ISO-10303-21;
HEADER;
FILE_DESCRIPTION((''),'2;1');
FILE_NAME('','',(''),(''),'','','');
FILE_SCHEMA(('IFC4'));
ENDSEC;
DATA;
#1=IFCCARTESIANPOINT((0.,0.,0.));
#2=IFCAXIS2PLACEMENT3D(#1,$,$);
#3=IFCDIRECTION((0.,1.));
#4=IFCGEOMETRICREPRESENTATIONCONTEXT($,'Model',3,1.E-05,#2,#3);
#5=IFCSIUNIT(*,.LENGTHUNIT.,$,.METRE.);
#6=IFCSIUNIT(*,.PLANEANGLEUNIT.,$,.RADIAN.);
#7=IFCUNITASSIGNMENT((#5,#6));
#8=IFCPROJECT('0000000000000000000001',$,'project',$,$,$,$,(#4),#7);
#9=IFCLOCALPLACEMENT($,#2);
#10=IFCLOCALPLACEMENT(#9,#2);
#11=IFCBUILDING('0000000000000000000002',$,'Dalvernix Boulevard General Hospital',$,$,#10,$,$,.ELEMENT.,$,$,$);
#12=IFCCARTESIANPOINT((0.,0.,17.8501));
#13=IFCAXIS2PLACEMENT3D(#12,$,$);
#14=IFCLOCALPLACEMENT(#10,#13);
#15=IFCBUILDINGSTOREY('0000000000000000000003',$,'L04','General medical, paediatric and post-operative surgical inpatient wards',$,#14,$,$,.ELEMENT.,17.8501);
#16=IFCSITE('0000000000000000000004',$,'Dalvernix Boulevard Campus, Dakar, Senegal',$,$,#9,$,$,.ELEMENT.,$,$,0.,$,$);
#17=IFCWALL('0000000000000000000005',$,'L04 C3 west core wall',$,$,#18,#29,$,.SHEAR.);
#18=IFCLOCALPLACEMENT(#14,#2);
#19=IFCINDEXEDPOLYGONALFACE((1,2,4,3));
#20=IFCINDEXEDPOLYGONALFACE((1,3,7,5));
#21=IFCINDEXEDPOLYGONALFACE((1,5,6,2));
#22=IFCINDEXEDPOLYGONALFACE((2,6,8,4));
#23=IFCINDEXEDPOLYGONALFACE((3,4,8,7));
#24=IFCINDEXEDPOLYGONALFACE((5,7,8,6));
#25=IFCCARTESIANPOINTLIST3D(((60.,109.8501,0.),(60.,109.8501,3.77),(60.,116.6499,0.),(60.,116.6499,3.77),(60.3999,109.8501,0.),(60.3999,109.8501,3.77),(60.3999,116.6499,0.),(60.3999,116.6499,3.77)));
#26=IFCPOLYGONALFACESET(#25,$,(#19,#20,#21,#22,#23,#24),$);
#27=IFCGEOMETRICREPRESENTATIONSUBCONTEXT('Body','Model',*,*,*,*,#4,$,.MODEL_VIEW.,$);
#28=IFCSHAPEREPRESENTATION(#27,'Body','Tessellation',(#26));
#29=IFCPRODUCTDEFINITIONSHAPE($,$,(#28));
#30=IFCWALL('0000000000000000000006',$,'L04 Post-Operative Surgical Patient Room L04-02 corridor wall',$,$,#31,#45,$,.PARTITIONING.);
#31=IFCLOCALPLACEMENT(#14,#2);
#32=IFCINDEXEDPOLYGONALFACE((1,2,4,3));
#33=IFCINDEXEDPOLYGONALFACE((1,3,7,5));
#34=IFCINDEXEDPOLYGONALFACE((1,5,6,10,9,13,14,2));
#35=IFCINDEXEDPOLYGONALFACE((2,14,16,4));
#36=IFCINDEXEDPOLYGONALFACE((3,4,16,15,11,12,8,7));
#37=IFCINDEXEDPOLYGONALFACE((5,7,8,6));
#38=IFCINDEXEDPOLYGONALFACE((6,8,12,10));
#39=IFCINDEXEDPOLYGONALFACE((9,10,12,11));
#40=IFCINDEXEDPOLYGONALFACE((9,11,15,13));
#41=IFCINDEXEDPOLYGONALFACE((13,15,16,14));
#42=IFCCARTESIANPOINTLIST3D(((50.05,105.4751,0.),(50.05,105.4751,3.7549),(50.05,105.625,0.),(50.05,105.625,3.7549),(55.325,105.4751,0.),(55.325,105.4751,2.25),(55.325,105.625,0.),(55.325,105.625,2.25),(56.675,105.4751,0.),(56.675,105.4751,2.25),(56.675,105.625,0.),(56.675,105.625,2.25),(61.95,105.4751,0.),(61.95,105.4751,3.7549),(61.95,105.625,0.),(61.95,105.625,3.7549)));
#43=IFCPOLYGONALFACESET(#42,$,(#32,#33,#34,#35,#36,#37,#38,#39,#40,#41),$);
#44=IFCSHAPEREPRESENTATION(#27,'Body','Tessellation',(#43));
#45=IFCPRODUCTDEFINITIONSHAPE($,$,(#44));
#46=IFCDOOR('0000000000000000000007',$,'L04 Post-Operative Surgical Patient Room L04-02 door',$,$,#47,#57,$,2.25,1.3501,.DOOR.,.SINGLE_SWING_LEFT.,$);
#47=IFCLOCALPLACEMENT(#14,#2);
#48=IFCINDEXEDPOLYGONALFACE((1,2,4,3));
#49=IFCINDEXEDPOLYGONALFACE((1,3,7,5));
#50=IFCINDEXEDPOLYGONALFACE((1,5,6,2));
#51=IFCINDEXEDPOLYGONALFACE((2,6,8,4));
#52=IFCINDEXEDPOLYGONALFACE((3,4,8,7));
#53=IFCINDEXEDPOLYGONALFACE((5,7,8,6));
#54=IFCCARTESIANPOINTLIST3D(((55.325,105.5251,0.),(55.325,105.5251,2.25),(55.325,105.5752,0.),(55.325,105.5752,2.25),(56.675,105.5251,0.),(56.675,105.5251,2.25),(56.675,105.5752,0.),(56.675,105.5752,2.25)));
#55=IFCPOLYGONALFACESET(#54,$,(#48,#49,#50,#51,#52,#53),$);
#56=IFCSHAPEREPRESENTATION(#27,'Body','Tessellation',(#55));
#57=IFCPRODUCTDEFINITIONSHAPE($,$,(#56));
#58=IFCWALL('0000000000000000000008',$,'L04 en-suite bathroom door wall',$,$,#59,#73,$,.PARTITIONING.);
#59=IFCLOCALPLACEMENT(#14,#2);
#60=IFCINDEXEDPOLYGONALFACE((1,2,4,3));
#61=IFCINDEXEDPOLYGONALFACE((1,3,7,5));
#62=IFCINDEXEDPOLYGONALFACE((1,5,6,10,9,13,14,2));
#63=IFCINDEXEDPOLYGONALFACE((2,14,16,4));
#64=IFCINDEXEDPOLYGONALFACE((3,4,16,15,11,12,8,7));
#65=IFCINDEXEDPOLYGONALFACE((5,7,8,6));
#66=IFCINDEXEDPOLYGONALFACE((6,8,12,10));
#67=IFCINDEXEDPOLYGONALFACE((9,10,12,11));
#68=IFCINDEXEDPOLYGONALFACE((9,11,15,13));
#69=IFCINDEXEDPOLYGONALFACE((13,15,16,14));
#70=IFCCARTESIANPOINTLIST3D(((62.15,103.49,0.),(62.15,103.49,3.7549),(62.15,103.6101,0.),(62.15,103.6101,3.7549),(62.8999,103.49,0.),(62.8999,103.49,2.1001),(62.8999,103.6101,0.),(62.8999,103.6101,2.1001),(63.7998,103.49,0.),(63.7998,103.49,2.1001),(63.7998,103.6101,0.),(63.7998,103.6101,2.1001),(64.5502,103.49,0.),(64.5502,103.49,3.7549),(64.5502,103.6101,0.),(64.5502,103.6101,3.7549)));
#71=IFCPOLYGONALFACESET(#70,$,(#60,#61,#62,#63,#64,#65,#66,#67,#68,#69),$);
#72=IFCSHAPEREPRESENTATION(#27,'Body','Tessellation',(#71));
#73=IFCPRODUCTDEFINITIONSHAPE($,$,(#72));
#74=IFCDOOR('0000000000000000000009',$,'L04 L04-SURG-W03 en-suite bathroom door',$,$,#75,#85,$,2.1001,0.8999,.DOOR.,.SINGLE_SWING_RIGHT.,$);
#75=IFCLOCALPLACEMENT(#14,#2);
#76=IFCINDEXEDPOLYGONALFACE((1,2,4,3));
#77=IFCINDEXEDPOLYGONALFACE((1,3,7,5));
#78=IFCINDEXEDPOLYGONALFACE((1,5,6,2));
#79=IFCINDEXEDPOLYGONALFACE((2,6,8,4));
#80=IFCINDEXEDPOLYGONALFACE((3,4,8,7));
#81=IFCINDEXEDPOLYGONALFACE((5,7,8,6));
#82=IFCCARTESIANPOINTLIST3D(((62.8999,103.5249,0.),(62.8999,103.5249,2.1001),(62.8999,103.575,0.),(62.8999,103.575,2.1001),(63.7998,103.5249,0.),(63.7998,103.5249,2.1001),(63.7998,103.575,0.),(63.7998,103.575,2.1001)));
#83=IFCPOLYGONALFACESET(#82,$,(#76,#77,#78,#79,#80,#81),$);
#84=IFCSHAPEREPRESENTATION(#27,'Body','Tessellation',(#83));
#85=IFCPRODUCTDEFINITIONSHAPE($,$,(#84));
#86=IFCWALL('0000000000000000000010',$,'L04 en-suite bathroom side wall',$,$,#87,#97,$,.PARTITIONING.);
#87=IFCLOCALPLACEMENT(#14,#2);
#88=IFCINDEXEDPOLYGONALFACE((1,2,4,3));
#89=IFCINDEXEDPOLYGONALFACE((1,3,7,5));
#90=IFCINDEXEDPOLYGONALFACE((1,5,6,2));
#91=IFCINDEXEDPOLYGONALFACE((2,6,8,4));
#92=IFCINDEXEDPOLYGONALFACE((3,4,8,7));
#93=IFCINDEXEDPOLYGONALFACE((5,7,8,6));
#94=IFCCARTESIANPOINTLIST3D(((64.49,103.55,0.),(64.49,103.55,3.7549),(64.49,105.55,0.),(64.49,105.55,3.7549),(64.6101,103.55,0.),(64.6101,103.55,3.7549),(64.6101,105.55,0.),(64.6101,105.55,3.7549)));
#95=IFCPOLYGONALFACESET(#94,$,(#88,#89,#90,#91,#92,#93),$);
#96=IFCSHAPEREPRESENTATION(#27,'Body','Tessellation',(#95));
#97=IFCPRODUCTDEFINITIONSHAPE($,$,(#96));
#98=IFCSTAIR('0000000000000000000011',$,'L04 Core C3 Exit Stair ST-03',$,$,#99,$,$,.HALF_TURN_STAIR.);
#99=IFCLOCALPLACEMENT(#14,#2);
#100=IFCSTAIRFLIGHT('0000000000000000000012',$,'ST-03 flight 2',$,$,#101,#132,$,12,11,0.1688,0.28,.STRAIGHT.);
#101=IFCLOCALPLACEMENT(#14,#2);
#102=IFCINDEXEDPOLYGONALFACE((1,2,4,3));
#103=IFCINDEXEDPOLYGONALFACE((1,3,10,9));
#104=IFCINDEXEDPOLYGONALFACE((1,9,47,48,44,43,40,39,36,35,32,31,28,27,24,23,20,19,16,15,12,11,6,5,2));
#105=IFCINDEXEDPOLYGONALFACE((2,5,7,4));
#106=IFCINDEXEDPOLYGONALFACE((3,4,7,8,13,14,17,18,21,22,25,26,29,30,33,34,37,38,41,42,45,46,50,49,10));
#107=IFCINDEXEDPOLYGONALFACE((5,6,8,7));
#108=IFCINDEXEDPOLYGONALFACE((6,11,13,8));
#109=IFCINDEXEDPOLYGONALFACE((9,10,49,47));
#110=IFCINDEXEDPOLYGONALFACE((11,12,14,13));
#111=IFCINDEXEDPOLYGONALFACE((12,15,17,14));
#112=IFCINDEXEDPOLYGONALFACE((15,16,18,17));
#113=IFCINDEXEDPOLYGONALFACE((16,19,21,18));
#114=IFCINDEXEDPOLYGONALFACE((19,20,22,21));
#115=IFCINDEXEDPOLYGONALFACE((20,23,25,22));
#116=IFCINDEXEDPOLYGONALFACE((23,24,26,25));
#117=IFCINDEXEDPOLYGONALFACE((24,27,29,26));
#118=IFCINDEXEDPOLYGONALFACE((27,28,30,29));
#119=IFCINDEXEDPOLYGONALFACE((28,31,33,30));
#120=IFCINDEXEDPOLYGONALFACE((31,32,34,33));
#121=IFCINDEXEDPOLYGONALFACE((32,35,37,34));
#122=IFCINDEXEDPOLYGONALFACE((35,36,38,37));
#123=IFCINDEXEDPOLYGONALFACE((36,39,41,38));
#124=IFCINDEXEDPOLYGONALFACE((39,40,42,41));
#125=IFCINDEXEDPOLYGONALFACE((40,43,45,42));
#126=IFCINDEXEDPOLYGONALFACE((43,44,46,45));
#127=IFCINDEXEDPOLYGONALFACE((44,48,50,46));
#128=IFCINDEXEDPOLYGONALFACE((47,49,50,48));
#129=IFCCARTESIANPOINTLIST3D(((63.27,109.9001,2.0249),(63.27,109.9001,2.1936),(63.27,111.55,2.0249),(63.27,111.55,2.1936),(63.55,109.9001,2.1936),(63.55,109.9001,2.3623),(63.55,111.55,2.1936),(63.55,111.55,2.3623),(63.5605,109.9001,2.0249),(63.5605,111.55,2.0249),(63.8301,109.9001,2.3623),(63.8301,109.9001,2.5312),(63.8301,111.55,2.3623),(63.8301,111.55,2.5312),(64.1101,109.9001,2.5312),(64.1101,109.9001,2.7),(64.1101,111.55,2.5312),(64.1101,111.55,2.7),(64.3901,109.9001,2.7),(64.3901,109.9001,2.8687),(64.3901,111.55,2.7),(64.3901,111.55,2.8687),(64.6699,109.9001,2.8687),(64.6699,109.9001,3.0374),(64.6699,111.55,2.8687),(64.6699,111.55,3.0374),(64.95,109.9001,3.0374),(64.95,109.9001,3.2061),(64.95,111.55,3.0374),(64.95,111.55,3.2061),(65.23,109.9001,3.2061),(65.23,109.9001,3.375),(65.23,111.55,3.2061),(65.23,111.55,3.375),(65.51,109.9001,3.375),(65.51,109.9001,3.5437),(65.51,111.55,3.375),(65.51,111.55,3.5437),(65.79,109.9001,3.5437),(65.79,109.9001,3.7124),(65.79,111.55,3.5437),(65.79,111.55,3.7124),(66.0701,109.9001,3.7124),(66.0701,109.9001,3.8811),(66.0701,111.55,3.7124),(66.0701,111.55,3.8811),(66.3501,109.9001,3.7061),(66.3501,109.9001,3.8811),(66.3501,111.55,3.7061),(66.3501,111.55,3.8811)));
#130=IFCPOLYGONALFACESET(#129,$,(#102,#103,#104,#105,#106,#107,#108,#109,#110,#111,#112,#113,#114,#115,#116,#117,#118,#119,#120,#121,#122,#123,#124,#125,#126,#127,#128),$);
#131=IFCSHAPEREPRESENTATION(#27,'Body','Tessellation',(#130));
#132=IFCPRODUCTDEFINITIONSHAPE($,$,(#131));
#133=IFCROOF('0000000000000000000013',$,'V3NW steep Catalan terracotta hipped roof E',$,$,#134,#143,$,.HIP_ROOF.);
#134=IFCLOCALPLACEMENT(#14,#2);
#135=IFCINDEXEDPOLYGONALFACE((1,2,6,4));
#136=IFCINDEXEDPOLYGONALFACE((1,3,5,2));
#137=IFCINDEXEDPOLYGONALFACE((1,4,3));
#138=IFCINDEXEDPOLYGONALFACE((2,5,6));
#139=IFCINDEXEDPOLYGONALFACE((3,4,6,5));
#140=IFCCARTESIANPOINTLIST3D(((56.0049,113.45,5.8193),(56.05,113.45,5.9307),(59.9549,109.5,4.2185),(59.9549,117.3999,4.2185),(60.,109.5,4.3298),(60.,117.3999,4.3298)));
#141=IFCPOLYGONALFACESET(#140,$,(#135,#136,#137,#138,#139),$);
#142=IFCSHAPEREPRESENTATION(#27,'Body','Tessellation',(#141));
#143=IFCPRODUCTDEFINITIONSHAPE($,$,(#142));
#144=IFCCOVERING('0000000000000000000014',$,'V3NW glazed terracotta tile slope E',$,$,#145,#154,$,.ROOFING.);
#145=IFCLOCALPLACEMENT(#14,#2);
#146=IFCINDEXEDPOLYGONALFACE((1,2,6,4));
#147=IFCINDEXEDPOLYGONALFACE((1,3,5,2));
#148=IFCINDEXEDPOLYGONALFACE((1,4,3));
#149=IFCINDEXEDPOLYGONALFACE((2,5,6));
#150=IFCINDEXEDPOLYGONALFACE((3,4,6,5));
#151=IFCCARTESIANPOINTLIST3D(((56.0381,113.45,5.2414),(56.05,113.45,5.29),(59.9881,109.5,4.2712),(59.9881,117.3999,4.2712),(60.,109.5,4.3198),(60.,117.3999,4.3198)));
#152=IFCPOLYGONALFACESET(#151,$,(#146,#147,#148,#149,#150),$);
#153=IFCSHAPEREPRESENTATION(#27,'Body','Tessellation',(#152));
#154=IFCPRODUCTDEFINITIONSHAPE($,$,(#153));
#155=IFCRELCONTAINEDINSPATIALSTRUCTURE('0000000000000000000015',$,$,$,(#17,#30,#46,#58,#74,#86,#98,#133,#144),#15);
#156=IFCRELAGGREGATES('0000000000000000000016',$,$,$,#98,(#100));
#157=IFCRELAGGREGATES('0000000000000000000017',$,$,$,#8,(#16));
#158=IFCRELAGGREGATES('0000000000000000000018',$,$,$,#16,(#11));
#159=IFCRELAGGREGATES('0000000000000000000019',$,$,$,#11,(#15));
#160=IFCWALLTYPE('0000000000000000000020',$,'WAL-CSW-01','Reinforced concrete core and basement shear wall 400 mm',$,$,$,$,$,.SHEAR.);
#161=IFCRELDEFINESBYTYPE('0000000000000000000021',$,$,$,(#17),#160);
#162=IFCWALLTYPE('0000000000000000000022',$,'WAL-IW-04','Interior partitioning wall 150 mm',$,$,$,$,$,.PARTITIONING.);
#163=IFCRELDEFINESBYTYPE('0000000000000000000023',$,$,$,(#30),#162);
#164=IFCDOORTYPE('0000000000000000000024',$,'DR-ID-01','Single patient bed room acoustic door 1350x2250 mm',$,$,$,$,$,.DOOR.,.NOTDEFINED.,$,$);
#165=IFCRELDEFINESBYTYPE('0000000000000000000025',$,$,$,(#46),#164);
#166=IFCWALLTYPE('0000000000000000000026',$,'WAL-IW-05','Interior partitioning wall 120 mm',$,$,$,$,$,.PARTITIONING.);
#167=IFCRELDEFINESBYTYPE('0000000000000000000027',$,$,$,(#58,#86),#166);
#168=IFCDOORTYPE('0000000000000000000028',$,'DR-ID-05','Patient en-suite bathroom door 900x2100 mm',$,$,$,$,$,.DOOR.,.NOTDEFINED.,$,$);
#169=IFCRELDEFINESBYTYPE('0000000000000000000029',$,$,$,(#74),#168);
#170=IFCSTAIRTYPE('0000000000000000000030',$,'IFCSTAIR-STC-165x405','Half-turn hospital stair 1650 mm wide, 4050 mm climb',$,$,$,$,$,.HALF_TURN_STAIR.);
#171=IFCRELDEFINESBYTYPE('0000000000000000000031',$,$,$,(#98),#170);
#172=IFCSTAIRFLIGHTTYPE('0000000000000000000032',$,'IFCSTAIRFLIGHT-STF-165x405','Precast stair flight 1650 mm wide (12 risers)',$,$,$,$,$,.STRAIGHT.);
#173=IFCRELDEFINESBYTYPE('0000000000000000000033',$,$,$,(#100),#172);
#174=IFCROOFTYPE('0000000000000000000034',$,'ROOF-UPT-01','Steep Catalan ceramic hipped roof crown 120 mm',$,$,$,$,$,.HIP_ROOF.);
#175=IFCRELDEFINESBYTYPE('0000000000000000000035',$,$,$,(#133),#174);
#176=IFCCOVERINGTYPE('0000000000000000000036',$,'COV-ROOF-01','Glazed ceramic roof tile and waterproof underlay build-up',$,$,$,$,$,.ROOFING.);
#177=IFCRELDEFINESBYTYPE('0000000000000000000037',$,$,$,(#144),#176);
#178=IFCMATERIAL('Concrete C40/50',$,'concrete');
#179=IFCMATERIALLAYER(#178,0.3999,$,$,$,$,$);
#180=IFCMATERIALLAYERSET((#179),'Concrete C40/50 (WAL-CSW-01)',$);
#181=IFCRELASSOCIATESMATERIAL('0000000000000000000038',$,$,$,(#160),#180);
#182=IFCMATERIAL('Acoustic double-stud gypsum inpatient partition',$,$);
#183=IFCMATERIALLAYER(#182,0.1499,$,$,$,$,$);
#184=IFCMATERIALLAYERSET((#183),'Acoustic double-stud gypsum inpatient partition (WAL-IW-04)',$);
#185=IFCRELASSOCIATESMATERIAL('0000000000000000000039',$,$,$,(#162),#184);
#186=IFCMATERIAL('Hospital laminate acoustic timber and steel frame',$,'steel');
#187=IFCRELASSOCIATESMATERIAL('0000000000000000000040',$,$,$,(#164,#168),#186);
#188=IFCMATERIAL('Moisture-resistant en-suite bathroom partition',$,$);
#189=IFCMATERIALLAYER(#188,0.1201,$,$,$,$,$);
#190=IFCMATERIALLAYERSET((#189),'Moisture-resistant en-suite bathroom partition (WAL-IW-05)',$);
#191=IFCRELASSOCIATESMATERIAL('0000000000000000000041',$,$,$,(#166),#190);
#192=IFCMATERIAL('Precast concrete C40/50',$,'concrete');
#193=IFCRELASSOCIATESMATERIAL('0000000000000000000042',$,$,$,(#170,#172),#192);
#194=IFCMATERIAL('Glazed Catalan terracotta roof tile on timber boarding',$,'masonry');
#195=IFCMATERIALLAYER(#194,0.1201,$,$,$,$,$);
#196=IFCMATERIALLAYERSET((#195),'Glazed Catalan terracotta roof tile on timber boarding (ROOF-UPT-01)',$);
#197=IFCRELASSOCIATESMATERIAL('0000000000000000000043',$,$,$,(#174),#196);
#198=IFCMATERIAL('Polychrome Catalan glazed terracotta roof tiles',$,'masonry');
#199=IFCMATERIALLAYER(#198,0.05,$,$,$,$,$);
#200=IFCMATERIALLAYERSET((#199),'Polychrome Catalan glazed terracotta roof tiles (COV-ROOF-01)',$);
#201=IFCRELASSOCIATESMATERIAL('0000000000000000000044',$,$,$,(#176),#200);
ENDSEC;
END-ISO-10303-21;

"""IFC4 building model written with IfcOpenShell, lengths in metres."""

from ifc_helpers import new_model, si_unit, direction, frame, frame_2d, origin, place, context, subcontext, project, spatial, polyline, rectangle, outline, extrude, material, layer, layer_set, type_object, element, fill, aggregate, save


model = new_model("IFC4")

# Units and contexts
model_context = context("Model", 3, precision=1e-05, world=origin(), true_north=direction((0.0, 1.0)))
body_context = subcontext(model_context, "Body", "Model", "MODEL_VIEW")
ifc_project = project(units=[si_unit("LENGTHUNIT", "METRE"), si_unit("PLANEANGLEUNIT", "RADIAN")], contexts=[model_context])

# Site, building, storey
site_placement = place(None, origin())
site = spatial("IfcSite", under=ifc_project, at=site_placement, Name="Dalvernix Boulevard Campus, Dakar, Senegal", CompositionType="ELEMENT", RefElevation=0.0)
building_placement = place(site_placement, origin())
building = spatial("IfcBuilding", under=site, at=building_placement, Name="Dalvernix Boulevard General Hospital", CompositionType="ELEMENT")
storey_placement = place(building_placement, frame((0.0, 0.0, 17.8501)))
storey = spatial("IfcBuildingStorey", under=building, at=storey_placement, Name="L04", Description="General medical, paediatric and post-operative surgical inpatient wards", CompositionType="ELEMENT", Elevation=17.8501)

# Shared definitions
ifc_material_1 = material(Name="Concrete C40/50", Category="concrete")

# Wall
ifc_layer_1 = layer(ifc_material_1, 0.3999)
ifc_layer_set_1 = layer_set([ifc_layer_1], Name="Concrete C40/50 (WAL-CSW-01)")
wall_type_1 = type_object("IfcWallType", Name="WAL-CSW-01", Description="Reinforced concrete core and basement shear wall 400 mm", PredefinedType="SHEAR", material=ifc_layer_set_1)
wall_1_placement = place(storey_placement, frame((60.2, 109.8501, 0.0), z_axis=(0.0, 0.0, 1.0), x_axis=(0.0, 1.0, 0.0)))
element("IfcWall", 1, at=wall_1_placement, inside=storey, type_object=wall_type_1, Name="L04 C3 west core wall", PredefinedType="SHEAR", context=body_context, shape_type="SweptSolid", body=[
    extrude(rectangle(XDim=6.7998, YDim=0.3999, at=frame_2d((3.3999, 0.0))), origin(), (0.0, 0.0, 1.0), 3.77),
])

# Walls, openings, doors
ifc_material_2 = material(Name="Acoustic double-stud gypsum inpatient partition")
ifc_layer_2 = layer(ifc_material_2, 0.1499)
ifc_layer_set_2 = layer_set([ifc_layer_2], Name="Acoustic double-stud gypsum inpatient partition (WAL-IW-04)")
wall_type_2 = type_object("IfcWallType", Name="WAL-IW-04", Description="Interior partitioning wall 150 mm", PredefinedType="PARTITIONING", material=ifc_layer_set_2)
wall_2_placement = place(storey_placement, frame((61.95, 105.55, 0.0), z_axis=(0.0, 0.0, 1.0), x_axis=(-1.0, 0.0, 0.0)))
wall_2 = element("IfcWall", 2, at=wall_2_placement, inside=storey, type_object=wall_type_2, Name="L04 Post-Operative Surgical Patient Room L04-02 corridor wall", PredefinedType="PARTITIONING", context=body_context, shape_type="SweptSolid", body=[
    extrude(rectangle(XDim=11.8999, YDim=0.1499, at=frame_2d((5.95, 0.0))), origin(), (0.0, 0.0, 1.0), 3.7549),
])
opening_1_placement = place(wall_2_placement, frame((5.2749, 0.0, 0.0)))
opening_1 = element("IfcOpeningElement", 3, at=opening_1_placement, cuts=wall_2, PredefinedType="OPENING", context=body_context, shape_type="SweptSolid", body=[
    extrude(rectangle(XDim=1.3501, YDim=2.25, at=frame_2d((0.675, 1.125))), frame((0.0, 0.085, 0.0), z_axis=(0.0, -1.0, 0.0), x_axis=(1.0, 0.0, 0.0)), (0.0, 0.0, 1.0), 0.1699),
])
ifc_material_3 = material(Name="Hospital laminate acoustic timber and steel frame", Category="steel")
door_type_1 = type_object("IfcDoorType", Name="DR-ID-01", Description="Single patient bed room acoustic door 1350x2250 mm", OperationType="NOTDEFINED", PredefinedType="DOOR", material=ifc_material_3)
door_1_placement = place(opening_1_placement, origin())
door_1 = element("IfcDoor", 4, at=door_1_placement, inside=storey, type_object=door_type_1, Name="L04 Post-Operative Surgical Patient Room L04-02 door", OperationType="SINGLE_SWING_LEFT", OverallHeight=2.25, OverallWidth=1.3501, PredefinedType="DOOR", context=body_context, shape_type="SweptSolid", body=[
    extrude(rectangle(XDim=1.3501, YDim=2.25, at=frame_2d((0.675, 1.125))), frame((0.0, 0.0249, 0.0), z_axis=(0.0, -1.0, 0.0), x_axis=(1.0, 0.0, 0.0)), (0.0, 0.0, 1.0), 0.05),
])
fill(opening_1, door_1)
ifc_material_4 = material(Name="Moisture-resistant en-suite bathroom partition")
ifc_layer_3 = layer(ifc_material_4, 0.1201)
ifc_layer_set_3 = layer_set([ifc_layer_3], Name="Moisture-resistant en-suite bathroom partition (WAL-IW-05)")
wall_type_3 = type_object("IfcWallType", Name="WAL-IW-05", Description="Interior partitioning wall 120 mm", PredefinedType="PARTITIONING", material=ifc_layer_set_3)
wall_3_placement = place(storey_placement, frame((62.1499, 103.55, 0.0), z_axis=(0.0, 0.0, 1.0), x_axis=(1.0, 0.0, 0.0)))
wall_3 = element("IfcWall", 5, at=wall_3_placement, inside=storey, type_object=wall_type_3, Name="L04 en-suite bathroom door wall", PredefinedType="PARTITIONING", context=body_context, shape_type="SweptSolid", body=[
    extrude(rectangle(XDim=2.4001, YDim=0.1201, at=frame_2d((1.2002, 0.0))), origin(), (0.0, 0.0, 1.0), 3.7549),
])
opening_2_placement = place(wall_3_placement, frame((0.75, 0.0, 0.0)))
opening_2 = element("IfcOpeningElement", 6, at=opening_2_placement, cuts=wall_3, PredefinedType="OPENING", context=body_context, shape_type="SweptSolid", body=[
    extrude(rectangle(XDim=0.8999, YDim=2.1001, at=frame_2d((0.45, 1.05))), frame((0.0, 0.0701, 0.0), z_axis=(0.0, -1.0, 0.0), x_axis=(1.0, 0.0, 0.0)), (0.0, 0.0, 1.0), 0.1401),
])
door_type_2 = type_object("IfcDoorType", Name="DR-ID-05", Description="Patient en-suite bathroom door 900x2100 mm", OperationType="NOTDEFINED", PredefinedType="DOOR", material=ifc_material_3)
door_2_placement = place(opening_2_placement, origin())
door_2 = element("IfcDoor", 7, at=door_2_placement, inside=storey, type_object=door_type_2, Name="L04 L04-SURG-W03 en-suite bathroom door", OperationType="SINGLE_SWING_RIGHT", OverallHeight=2.1001, OverallWidth=0.8999, PredefinedType="DOOR", context=body_context, shape_type="SweptSolid", body=[
    extrude(rectangle(XDim=0.8999, YDim=2.1001, at=frame_2d((0.45, 1.05))), frame((0.0, 0.0249, 0.0), z_axis=(0.0, -1.0, 0.0), x_axis=(1.0, 0.0, 0.0)), (0.0, 0.0, 1.0), 0.05),
])
fill(opening_2, door_2)

# Wall
wall_4_placement = place(storey_placement, frame((64.55, 103.55, 0.0), z_axis=(0.0, 0.0, 1.0), x_axis=(0.0, 1.0, 0.0)))
element("IfcWall", 8, at=wall_4_placement, inside=storey, type_object=wall_type_3, Name="L04 en-suite bathroom side wall", PredefinedType="PARTITIONING", context=body_context, shape_type="SweptSolid", body=[
    extrude(rectangle(XDim=2.0, YDim=0.1201, at=frame_2d((1.0, 0.0))), origin(), (0.0, 0.0, 1.0), 3.7549),
])

# Stair, stair flight
ifc_material_5 = material(Name="Precast concrete C40/50", Category="concrete")
stair_type = type_object("IfcStairType", Name="IFCSTAIR-STC-165x405", Description="Half-turn hospital stair 1650 mm wide, 4050 mm climb", PredefinedType="HALF_TURN_STAIR", material=ifc_material_5)
stair_placement = place(storey_placement, origin())
stair = element("IfcStair", 9, at=stair_placement, inside=storey, type_object=stair_type, Name="L04 Core C3 Exit Stair ST-03", PredefinedType="HALF_TURN_STAIR")
stair_flight_type = type_object("IfcStairFlightType", Name="IFCSTAIRFLIGHT-STF-165x405", Description="Precast stair flight 1650 mm wide (12 risers)", PredefinedType="STRAIGHT", material=ifc_material_5)
stair_flight_placement = place(storey_placement, frame((63.27, 110.7251, 2.0249), z_axis=(0.0, 0.0, 1.0), x_axis=(1.0, 0.0, 0.0)))
stair_flight = element("IfcStairFlight", 10, at=stair_flight_placement, type_object=stair_flight_type, Name="ST-03 flight 2", NumberOfRisers=12, NumberOfTreads=11, PredefinedType="STRAIGHT", RiserHeight=0.1688, TreadLength=0.28, context=body_context, shape_type="SweptSolid", body=[
    extrude(outline(polyline([(0.0, 0.0), (0.0, 0.1687), (0.28, 0.1687), (0.28, 0.3374), (0.5601, 0.3374), (0.5601, 0.5063), (0.8401, 0.5063), (0.8401, 0.675), (1.1201, 0.675), (1.1201, 0.8438), (1.3999, 0.8438), (1.3999, 1.0125), (1.6799, 1.0125), (1.6799, 1.1812), (1.96, 1.1812), (1.96, 1.3501), (2.24, 1.3501), (2.24, 1.5188), (2.52, 1.5188), (2.52, 1.6875), (2.8, 1.6875), (2.8, 1.8562), (3.0801, 1.8562), (3.0801, 2.0249), (3.0801, 1.6812), (0.2905, 0.0), (0.0, 0.0)])), frame((0.0, 0.825, 0.0), z_axis=(0.0, -1.0, 0.0), x_axis=(1.0, 0.0, 0.0)), (0.0, 0.0, 1.0), 1.6499),
])
aggregate(stair, [stair_flight])

# Roof
ifc_material_6 = material(Name="Glazed Catalan terracotta roof tile on timber boarding", Category="masonry")
ifc_layer_4 = layer(ifc_material_6, 0.1201)
ifc_layer_set_4 = layer_set([ifc_layer_4], Name="Glazed Catalan terracotta roof tile on timber boarding (ROOF-UPT-01)")
roof_type_1 = type_object("IfcRoofType", Name="ROOF-UPT-01", Description="Steep Catalan ceramic hipped roof crown 120 mm", PredefinedType="HIP_ROOF", material=ifc_layer_set_4)
roof_1_placement = place(storey_placement, frame((60.0, 109.5, 4.3298), z_axis=(0.375604, 0.0, 0.92678), x_axis=(0.0, 1.0, 0.0)))
element("IfcRoof", 11, at=roof_1_placement, inside=storey, type_object=roof_type_1, Name="V3NW steep Catalan terracotta hipped roof E", PredefinedType="HIP_ROOF", context=body_context, shape_type="SweptSolid", body=[
    extrude(outline(polyline([(0.0, 0.0), (7.8999, 0.0), (3.95, 4.262), (0.0, 0.0)])), origin(), (0.0, 0.0, -1.0), 0.1201),
])

# Covering
ifc_material_7 = material(Name="Polychrome Catalan glazed terracotta roof tiles", Category="masonry")
ifc_layer_5 = layer(ifc_material_7, 0.05)
ifc_layer_set_5 = layer_set([ifc_layer_5], Name="Polychrome Catalan glazed terracotta roof tiles (COV-ROOF-01)")
covering_type = type_object("IfcCoveringType", Name="COV-ROOF-01", Description="Glazed ceramic roof tile and waterproof underlay build-up", PredefinedType="ROOFING", material=ifc_layer_set_5)
covering_placement = place(storey_placement, frame((60.0, 109.5, 4.3198), z_axis=(0.238537, 0.0, 0.971133), x_axis=(0.0, 1.0, 0.0)))
element("IfcCovering", 12, at=covering_placement, inside=storey, type_object=covering_type, Name="V3NW glazed terracotta tile slope E", PredefinedType="ROOFING", context=body_context, shape_type="SweptSolid", body=[
    extrude(outline(polyline([(0.0, 0.0), (7.8999, 0.0), (3.95, 4.0674), (0.0, 0.0)])), origin(), (0.0, 0.0, -1.0), 0.05),
])

save(model, "model.ifc")
